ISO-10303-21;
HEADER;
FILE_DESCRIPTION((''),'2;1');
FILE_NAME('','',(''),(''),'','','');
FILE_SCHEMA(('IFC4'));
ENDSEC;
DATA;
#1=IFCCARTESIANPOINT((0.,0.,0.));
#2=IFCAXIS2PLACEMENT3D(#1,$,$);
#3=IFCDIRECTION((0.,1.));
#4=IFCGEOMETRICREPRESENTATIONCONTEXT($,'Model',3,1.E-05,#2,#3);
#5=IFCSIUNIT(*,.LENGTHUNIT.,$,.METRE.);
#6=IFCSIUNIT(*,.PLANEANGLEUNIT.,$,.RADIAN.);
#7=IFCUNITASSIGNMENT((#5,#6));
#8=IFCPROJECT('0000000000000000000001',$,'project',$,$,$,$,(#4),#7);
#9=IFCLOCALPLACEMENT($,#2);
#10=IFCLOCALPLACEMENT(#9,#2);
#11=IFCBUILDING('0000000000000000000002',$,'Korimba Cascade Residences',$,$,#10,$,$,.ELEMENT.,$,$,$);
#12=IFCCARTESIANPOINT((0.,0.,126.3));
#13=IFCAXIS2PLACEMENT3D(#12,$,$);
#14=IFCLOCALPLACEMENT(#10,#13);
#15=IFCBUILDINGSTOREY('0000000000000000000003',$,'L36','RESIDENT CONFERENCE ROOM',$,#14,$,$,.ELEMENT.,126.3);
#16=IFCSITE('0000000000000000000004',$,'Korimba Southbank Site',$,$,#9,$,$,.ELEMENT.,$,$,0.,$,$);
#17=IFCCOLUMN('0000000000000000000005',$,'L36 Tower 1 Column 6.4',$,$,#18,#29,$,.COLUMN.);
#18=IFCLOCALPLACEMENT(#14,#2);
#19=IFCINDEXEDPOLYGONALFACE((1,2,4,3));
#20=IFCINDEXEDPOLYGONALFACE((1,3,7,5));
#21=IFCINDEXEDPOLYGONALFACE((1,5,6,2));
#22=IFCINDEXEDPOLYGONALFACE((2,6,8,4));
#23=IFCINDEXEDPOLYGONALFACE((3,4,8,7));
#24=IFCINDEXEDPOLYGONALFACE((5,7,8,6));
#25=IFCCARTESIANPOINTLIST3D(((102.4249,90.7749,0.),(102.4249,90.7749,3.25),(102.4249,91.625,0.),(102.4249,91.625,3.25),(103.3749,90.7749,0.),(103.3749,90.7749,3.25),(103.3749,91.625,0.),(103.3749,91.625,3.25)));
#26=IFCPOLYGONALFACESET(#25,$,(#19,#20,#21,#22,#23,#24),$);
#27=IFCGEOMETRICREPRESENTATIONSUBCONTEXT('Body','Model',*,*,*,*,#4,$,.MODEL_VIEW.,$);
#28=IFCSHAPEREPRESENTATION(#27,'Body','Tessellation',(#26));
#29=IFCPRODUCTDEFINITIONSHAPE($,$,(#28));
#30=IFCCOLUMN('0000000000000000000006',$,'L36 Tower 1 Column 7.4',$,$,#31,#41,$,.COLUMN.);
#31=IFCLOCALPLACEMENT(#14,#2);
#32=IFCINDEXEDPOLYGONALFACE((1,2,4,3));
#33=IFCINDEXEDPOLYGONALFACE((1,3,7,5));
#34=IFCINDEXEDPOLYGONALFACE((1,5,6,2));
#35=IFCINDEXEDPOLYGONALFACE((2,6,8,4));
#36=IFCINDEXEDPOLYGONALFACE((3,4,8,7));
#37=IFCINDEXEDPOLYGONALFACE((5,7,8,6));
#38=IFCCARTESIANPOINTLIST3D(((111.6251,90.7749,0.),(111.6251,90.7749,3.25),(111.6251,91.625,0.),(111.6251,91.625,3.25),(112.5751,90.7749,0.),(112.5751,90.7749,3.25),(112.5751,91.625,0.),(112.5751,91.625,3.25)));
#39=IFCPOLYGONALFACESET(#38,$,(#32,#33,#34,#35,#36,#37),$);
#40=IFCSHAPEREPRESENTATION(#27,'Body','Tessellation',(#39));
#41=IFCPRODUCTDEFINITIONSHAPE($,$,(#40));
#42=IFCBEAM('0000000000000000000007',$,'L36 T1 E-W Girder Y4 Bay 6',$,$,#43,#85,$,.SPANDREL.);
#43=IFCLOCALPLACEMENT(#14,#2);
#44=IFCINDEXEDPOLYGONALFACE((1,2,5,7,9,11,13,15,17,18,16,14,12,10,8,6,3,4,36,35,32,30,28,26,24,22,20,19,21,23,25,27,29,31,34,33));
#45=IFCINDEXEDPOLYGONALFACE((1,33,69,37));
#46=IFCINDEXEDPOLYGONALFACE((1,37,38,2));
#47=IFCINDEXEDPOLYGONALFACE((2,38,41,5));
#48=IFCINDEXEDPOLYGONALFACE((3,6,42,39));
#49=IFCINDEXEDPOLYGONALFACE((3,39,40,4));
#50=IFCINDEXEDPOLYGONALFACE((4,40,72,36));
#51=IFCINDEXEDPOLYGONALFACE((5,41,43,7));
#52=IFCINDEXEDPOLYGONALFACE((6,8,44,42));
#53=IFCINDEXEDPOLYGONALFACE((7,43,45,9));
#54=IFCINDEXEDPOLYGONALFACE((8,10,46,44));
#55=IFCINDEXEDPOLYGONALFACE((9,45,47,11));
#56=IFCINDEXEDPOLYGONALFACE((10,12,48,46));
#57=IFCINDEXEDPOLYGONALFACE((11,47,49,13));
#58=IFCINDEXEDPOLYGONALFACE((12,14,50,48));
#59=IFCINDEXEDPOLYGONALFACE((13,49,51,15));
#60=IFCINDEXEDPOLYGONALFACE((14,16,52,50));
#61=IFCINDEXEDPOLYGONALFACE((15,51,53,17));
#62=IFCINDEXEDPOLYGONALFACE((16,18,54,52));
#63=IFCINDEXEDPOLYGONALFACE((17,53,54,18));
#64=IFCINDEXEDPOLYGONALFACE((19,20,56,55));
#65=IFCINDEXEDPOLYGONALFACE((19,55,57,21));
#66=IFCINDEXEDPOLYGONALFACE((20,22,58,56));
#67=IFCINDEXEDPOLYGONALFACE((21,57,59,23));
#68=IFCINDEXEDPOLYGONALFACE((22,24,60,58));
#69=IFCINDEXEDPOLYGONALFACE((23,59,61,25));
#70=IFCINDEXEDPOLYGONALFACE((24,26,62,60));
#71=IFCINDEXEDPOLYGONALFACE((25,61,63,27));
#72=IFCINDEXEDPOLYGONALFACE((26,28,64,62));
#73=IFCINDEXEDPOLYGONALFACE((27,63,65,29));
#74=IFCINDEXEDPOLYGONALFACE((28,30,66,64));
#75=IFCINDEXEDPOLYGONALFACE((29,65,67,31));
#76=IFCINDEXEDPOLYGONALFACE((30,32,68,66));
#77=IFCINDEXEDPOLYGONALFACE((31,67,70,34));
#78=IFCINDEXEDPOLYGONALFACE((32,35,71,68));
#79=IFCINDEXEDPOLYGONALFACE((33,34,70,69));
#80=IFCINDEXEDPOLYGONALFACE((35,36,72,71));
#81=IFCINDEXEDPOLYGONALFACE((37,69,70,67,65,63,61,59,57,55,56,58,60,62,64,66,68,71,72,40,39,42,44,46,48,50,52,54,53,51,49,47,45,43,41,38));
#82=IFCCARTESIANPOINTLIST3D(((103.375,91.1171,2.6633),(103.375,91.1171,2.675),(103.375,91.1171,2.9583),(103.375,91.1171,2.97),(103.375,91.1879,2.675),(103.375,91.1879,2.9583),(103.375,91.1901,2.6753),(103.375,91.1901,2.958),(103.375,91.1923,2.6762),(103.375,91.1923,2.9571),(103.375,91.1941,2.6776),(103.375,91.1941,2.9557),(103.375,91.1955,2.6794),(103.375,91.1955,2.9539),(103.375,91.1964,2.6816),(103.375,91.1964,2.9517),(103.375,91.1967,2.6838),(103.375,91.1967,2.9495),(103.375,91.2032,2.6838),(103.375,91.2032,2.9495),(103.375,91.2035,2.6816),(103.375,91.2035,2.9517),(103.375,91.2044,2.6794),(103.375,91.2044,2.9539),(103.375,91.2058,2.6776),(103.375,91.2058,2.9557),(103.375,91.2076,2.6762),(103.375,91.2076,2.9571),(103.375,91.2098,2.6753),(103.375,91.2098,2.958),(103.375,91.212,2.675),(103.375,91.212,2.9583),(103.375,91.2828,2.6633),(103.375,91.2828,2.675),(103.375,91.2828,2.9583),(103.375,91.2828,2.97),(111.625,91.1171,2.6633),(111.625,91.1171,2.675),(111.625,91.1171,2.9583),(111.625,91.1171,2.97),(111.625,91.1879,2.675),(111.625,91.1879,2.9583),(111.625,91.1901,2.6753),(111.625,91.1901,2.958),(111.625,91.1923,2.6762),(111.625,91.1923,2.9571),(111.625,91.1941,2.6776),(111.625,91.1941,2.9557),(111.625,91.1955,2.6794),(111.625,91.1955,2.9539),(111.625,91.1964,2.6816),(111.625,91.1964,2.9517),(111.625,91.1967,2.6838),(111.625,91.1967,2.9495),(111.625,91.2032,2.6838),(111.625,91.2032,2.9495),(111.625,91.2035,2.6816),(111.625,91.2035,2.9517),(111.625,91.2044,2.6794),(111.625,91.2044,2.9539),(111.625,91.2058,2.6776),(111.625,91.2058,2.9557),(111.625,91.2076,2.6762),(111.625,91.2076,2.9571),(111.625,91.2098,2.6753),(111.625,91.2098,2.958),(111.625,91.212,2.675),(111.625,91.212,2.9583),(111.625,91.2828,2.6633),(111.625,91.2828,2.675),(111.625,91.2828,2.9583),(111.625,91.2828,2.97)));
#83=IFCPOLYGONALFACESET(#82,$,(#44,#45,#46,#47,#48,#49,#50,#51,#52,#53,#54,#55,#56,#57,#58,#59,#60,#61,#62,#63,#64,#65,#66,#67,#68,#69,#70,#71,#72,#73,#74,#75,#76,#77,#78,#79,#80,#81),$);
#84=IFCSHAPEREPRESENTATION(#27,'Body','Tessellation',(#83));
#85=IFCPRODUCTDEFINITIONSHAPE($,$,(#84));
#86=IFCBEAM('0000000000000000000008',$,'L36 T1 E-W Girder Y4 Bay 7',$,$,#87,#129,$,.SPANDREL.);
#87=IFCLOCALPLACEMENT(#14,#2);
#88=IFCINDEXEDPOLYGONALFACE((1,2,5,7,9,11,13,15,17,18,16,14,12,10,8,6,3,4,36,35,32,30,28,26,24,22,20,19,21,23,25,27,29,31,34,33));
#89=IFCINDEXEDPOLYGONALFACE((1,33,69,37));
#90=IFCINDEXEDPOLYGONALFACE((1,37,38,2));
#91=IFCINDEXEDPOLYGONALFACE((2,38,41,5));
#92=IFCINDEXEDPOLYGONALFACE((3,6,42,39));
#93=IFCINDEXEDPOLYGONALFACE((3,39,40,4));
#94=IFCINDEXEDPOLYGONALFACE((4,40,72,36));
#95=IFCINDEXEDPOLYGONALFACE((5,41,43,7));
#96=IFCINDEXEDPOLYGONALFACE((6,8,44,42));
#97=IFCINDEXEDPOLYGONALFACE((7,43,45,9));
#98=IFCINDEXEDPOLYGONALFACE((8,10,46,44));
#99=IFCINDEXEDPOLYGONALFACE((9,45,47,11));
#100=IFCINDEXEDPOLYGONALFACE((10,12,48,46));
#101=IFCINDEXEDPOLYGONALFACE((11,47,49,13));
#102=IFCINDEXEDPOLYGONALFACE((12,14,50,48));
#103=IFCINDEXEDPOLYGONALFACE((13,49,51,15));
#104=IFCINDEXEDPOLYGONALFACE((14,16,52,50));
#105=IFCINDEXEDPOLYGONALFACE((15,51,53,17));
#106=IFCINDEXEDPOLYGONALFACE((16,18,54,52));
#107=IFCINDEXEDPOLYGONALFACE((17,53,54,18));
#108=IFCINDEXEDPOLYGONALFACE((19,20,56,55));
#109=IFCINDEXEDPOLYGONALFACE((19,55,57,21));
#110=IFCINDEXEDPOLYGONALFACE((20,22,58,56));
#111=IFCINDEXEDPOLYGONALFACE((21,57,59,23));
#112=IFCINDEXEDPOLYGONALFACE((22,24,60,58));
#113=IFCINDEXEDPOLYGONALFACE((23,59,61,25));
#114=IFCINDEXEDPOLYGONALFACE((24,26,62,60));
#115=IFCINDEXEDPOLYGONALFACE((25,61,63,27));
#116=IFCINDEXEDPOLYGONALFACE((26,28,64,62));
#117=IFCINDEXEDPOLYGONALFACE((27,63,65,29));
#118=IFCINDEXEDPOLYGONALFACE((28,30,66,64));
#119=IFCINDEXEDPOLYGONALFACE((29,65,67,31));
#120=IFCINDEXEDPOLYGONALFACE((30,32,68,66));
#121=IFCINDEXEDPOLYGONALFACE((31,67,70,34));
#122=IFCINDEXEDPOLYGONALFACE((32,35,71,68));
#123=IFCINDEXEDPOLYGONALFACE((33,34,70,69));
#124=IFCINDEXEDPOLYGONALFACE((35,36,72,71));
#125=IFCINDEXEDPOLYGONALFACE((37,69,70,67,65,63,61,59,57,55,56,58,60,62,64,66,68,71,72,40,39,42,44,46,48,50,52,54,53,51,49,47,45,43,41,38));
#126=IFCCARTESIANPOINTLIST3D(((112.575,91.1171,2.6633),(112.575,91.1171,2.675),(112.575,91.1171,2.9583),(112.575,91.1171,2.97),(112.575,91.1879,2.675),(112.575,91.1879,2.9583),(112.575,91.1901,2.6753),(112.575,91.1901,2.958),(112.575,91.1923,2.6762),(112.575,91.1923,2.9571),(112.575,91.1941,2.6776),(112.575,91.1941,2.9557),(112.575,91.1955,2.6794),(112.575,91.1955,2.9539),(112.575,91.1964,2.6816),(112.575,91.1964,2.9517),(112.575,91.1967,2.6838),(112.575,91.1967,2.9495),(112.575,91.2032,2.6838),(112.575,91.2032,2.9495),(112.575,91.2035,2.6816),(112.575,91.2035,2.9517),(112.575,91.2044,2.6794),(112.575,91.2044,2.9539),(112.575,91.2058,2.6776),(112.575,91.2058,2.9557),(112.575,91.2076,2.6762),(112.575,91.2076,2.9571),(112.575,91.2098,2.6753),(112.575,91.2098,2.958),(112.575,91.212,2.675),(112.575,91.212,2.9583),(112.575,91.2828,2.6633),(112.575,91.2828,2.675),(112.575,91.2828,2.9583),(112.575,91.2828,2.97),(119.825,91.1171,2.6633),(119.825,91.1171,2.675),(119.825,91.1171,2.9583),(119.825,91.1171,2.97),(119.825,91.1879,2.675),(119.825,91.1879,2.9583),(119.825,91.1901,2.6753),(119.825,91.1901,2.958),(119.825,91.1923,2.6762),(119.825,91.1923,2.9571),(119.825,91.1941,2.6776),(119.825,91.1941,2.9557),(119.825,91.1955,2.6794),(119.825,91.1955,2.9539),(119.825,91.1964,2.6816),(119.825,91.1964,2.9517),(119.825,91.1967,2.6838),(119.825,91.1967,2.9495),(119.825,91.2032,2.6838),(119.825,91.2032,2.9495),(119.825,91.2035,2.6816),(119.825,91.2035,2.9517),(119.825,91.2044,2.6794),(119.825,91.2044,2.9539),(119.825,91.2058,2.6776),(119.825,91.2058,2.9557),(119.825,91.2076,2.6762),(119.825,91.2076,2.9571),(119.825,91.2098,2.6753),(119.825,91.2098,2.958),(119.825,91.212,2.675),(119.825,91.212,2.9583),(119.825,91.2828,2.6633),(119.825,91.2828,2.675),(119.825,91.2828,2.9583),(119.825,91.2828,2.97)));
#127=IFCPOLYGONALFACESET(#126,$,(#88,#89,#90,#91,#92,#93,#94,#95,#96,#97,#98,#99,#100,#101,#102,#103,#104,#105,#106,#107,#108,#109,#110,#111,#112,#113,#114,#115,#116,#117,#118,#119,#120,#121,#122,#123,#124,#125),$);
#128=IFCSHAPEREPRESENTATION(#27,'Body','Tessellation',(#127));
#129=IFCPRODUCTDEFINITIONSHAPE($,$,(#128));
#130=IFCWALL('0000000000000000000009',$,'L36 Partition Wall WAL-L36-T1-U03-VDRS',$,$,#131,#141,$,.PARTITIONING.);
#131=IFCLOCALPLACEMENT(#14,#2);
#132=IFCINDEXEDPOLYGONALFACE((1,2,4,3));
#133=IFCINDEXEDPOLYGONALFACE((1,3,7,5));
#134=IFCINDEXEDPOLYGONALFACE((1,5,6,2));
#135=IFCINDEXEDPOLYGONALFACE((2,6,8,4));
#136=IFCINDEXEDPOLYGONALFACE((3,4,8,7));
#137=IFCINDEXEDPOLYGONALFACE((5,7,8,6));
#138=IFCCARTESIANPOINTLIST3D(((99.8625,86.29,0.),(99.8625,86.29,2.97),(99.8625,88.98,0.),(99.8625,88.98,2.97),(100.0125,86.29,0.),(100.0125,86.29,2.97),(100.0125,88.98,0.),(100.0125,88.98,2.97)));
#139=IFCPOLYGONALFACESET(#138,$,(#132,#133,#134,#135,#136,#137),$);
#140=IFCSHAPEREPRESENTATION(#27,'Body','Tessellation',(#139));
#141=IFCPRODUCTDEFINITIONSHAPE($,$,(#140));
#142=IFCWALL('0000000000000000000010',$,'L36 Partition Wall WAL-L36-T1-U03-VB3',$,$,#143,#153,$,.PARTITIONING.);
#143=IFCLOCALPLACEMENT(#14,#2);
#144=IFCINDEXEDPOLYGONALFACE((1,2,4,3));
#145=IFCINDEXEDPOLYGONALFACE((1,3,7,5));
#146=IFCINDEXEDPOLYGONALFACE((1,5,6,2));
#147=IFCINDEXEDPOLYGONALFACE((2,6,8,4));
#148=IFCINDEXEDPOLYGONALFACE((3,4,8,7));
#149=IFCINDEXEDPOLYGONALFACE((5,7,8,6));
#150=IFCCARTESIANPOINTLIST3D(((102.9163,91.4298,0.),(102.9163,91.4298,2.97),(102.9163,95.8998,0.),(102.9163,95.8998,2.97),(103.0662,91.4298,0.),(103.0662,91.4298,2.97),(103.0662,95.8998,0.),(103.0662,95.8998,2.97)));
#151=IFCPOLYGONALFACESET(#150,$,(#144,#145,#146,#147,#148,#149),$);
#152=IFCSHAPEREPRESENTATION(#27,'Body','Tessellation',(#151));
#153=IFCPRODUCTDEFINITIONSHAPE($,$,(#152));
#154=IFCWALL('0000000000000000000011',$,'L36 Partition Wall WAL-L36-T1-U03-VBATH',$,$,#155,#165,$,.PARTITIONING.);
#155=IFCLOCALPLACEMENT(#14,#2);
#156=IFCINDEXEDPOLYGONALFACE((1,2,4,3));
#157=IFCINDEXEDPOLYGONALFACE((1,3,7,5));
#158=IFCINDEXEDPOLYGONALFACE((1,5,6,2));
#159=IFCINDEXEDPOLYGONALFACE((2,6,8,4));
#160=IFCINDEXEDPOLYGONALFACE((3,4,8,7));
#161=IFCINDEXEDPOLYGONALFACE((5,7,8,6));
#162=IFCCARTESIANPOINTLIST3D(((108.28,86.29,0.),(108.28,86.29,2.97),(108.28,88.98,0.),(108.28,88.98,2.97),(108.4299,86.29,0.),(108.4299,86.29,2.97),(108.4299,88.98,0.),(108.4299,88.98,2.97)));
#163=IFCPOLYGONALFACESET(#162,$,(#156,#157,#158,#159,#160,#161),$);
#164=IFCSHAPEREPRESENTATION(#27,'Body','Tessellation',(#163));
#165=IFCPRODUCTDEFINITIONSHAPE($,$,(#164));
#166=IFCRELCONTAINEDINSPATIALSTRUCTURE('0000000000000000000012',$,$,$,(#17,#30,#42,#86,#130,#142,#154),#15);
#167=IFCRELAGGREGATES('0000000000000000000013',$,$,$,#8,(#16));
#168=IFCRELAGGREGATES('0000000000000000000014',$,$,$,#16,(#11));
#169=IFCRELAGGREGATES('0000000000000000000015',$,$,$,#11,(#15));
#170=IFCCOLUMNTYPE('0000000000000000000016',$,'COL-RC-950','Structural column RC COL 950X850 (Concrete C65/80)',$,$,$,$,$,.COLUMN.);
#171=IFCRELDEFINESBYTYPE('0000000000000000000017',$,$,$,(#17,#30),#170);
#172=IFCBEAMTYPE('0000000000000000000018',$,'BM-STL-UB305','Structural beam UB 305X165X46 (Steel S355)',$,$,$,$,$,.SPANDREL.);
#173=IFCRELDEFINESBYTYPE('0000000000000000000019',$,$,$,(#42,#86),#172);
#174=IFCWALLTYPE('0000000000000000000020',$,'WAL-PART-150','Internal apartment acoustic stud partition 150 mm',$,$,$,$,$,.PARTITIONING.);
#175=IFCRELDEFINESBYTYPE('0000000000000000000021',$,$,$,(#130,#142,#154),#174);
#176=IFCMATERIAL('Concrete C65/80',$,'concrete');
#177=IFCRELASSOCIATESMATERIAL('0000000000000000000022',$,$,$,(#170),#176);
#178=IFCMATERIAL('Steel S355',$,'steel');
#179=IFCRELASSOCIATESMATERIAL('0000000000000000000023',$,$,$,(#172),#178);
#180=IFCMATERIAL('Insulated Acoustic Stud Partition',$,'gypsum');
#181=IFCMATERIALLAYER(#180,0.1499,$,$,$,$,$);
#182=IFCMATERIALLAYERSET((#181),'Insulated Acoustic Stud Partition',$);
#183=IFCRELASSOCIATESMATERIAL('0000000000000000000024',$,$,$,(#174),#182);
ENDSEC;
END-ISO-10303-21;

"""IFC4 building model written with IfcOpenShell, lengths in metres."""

from ifc_helpers import new_model, si_unit, direction, frame, frame_2d, origin, origin_2d, place, context, subcontext, project, spatial, rectangle, i_section, extrude, material, layer, layer_set, material_profile, profile_set, type_object, element, save


model = new_model("IFC4")

# Units and contexts
model_context = context("Model", 3, precision=1e-05, world=origin(), true_north=direction((0.0, 1.0)))
body_context = subcontext(model_context, "Body", "Model", "MODEL_VIEW")
ifc_project = project(units=[si_unit("LENGTHUNIT", "METRE"), si_unit("PLANEANGLEUNIT", "RADIAN")], contexts=[model_context])

# Site, building, storey
site_placement = place(None, origin())
site = spatial("IfcSite", under=ifc_project, at=site_placement, Name="Korimba Southbank Site", CompositionType="ELEMENT", RefElevation=0.0)
building_placement = place(site_placement, origin())
building = spatial("IfcBuilding", under=site, at=building_placement, Name="Korimba Cascade Residences", CompositionType="ELEMENT")
storey_placement = place(building_placement, frame((0.0, 0.0, 126.3)))
storey = spatial("IfcBuildingStorey", under=building, at=storey_placement, Name="L36", Description="RESIDENT CONFERENCE ROOM", CompositionType="ELEMENT", Elevation=126.3)

# Columns
ifc_material_1 = material(Name="Concrete C65/80", Category="concrete")
ifc_material_profile_1 = material_profile(ifc_material_1, rectangle(XDim=0.95, YDim=0.8501, at=origin_2d()), Name="Concrete C65/80")
ifc_profile_set_1 = profile_set([ifc_material_profile_1], Name="Concrete C65/80")
column_type = type_object("IfcColumnType", Name="COL-RC-950", Description="Structural column RC COL 950X850 (Concrete C65/80)", PredefinedType="COLUMN", material=ifc_profile_set_1)
for number, where, z_axis, x_axis, name in (
    (1, (102.8999, 91.2, 0.0), (0.0, 0.0, 1.0), (1.0, 0.0, 0.0), "L36 Tower 1 Column 6.4"),
    (2, (112.1001, 91.2, 0.0), (0.0, 0.0, 1.0), (1.0, 0.0, 0.0), "L36 Tower 1 Column 7.4"),
):
    element("IfcColumn", number, at=place(storey_placement, frame(where, z_axis=z_axis, x_axis=x_axis)), inside=storey, type_object=column_type, Name=name, PredefinedType="COLUMN", context=body_context, shape_type="SweptSolid", body=[
        extrude(rectangle(XDim=0.95, YDim=0.8501, at=origin_2d()), origin(), (0.0, 0.0, 1.0), 3.25),
    ])

# Beams
ifc_material_2 = material(Name="Steel S355", Category="steel")
ifc_material_profile_2 = material_profile(ifc_material_2, i_section(OverallWidth=0.1658, OverallDepth=0.3066, WebThickness=0.0066, FlangeThickness=0.0117, FilletRadius=0.0088, at=origin_2d()), Name="Steel S355")
ifc_profile_set_2 = profile_set([ifc_material_profile_2], Name="Steel S355")
beam_type = type_object("IfcBeamType", Name="BM-STL-UB305", Description="Structural beam UB 305X165X46 (Steel S355)", PredefinedType="SPANDREL", material=ifc_profile_set_2)
beam_1_placement = place(storey_placement, frame((103.375, 91.2, 2.8167), z_axis=(1.0, 0.0, 0.0), x_axis=(0.0, 1.0, 0.0)))
element("IfcBeam", 3, at=beam_1_placement, inside=storey, type_object=beam_type, Name="L36 T1 E-W Girder Y4 Bay 6", PredefinedType="SPANDREL", context=body_context, shape_type="SweptSolid", body=[
    extrude(i_section(OverallWidth=0.1658, OverallDepth=0.3066, WebThickness=0.0066, FlangeThickness=0.0117, FilletRadius=0.0088, at=origin_2d()), origin(), (0.0, 0.0, 1.0), 8.25),
])
beam_2_placement = place(storey_placement, frame((112.575, 91.2, 2.8167), z_axis=(1.0, 0.0, 0.0), x_axis=(0.0, 1.0, 0.0)))
element("IfcBeam", 4, at=beam_2_placement, inside=storey, type_object=beam_type, Name="L36 T1 E-W Girder Y4 Bay 7", PredefinedType="SPANDREL", context=body_context, shape_type="SweptSolid", body=[
    extrude(i_section(OverallWidth=0.1658, OverallDepth=0.3066, WebThickness=0.0066, FlangeThickness=0.0117, FilletRadius=0.0088, at=origin_2d()), origin(), (0.0, 0.0, 1.0), 7.25),
])

# Walls
ifc_material_3 = material(Name="Insulated Acoustic Stud Partition", Category="gypsum")
ifc_layer = layer(ifc_material_3, 0.1499)
ifc_layer_set = layer_set([ifc_layer], Name="Insulated Acoustic Stud Partition")
wall_type = type_object("IfcWallType", Name="WAL-PART-150", Description="Internal apartment acoustic stud partition 150 mm", PredefinedType="PARTITIONING", material=ifc_layer_set)
wall_1_placement = place(storey_placement, frame((99.9375, 86.29, 0.0), z_axis=(0.0, 0.0, 1.0), x_axis=(0.0, 1.0, 0.0)))
element("IfcWall", 5, at=wall_1_placement, inside=storey, type_object=wall_type, Name="L36 Partition Wall WAL-L36-T1-U03-VDRS", PredefinedType="PARTITIONING", context=body_context, shape_type="SweptSolid", body=[
    extrude(rectangle(XDim=2.6899, YDim=0.1499, at=frame_2d((1.345, 0.0))), origin(), (0.0, 0.0, 1.0), 2.97),
])
wall_2_placement = place(storey_placement, frame((102.9912, 91.4299, 0.0), z_axis=(0.0, 0.0, 1.0), x_axis=(0.0, 1.0, 0.0)))
element("IfcWall", 6, at=wall_2_placement, inside=storey, type_object=wall_type, Name="L36 Partition Wall WAL-L36-T1-U03-VB3", PredefinedType="PARTITIONING", context=body_context, shape_type="SweptSolid", body=[
    extrude(rectangle(XDim=4.47, YDim=0.1499, at=frame_2d((2.2349, 0.0))), origin(), (0.0, 0.0, 1.0), 2.97),
])
wall_3_placement = place(storey_placement, frame((108.355, 86.29, 0.0), z_axis=(0.0, 0.0, 1.0), x_axis=(0.0, 1.0, 0.0)))
element("IfcWall", 7, at=wall_3_placement, inside=storey, type_object=wall_type, Name="L36 Partition Wall WAL-L36-T1-U03-VBATH", PredefinedType="PARTITIONING", context=body_context, shape_type="SweptSolid", body=[
    extrude(rectangle(XDim=2.6899, YDim=0.1499, at=frame_2d((1.345, 0.0))), origin(), (0.0, 0.0, 1.0), 2.97),
])

save(model, "model.ifc")
